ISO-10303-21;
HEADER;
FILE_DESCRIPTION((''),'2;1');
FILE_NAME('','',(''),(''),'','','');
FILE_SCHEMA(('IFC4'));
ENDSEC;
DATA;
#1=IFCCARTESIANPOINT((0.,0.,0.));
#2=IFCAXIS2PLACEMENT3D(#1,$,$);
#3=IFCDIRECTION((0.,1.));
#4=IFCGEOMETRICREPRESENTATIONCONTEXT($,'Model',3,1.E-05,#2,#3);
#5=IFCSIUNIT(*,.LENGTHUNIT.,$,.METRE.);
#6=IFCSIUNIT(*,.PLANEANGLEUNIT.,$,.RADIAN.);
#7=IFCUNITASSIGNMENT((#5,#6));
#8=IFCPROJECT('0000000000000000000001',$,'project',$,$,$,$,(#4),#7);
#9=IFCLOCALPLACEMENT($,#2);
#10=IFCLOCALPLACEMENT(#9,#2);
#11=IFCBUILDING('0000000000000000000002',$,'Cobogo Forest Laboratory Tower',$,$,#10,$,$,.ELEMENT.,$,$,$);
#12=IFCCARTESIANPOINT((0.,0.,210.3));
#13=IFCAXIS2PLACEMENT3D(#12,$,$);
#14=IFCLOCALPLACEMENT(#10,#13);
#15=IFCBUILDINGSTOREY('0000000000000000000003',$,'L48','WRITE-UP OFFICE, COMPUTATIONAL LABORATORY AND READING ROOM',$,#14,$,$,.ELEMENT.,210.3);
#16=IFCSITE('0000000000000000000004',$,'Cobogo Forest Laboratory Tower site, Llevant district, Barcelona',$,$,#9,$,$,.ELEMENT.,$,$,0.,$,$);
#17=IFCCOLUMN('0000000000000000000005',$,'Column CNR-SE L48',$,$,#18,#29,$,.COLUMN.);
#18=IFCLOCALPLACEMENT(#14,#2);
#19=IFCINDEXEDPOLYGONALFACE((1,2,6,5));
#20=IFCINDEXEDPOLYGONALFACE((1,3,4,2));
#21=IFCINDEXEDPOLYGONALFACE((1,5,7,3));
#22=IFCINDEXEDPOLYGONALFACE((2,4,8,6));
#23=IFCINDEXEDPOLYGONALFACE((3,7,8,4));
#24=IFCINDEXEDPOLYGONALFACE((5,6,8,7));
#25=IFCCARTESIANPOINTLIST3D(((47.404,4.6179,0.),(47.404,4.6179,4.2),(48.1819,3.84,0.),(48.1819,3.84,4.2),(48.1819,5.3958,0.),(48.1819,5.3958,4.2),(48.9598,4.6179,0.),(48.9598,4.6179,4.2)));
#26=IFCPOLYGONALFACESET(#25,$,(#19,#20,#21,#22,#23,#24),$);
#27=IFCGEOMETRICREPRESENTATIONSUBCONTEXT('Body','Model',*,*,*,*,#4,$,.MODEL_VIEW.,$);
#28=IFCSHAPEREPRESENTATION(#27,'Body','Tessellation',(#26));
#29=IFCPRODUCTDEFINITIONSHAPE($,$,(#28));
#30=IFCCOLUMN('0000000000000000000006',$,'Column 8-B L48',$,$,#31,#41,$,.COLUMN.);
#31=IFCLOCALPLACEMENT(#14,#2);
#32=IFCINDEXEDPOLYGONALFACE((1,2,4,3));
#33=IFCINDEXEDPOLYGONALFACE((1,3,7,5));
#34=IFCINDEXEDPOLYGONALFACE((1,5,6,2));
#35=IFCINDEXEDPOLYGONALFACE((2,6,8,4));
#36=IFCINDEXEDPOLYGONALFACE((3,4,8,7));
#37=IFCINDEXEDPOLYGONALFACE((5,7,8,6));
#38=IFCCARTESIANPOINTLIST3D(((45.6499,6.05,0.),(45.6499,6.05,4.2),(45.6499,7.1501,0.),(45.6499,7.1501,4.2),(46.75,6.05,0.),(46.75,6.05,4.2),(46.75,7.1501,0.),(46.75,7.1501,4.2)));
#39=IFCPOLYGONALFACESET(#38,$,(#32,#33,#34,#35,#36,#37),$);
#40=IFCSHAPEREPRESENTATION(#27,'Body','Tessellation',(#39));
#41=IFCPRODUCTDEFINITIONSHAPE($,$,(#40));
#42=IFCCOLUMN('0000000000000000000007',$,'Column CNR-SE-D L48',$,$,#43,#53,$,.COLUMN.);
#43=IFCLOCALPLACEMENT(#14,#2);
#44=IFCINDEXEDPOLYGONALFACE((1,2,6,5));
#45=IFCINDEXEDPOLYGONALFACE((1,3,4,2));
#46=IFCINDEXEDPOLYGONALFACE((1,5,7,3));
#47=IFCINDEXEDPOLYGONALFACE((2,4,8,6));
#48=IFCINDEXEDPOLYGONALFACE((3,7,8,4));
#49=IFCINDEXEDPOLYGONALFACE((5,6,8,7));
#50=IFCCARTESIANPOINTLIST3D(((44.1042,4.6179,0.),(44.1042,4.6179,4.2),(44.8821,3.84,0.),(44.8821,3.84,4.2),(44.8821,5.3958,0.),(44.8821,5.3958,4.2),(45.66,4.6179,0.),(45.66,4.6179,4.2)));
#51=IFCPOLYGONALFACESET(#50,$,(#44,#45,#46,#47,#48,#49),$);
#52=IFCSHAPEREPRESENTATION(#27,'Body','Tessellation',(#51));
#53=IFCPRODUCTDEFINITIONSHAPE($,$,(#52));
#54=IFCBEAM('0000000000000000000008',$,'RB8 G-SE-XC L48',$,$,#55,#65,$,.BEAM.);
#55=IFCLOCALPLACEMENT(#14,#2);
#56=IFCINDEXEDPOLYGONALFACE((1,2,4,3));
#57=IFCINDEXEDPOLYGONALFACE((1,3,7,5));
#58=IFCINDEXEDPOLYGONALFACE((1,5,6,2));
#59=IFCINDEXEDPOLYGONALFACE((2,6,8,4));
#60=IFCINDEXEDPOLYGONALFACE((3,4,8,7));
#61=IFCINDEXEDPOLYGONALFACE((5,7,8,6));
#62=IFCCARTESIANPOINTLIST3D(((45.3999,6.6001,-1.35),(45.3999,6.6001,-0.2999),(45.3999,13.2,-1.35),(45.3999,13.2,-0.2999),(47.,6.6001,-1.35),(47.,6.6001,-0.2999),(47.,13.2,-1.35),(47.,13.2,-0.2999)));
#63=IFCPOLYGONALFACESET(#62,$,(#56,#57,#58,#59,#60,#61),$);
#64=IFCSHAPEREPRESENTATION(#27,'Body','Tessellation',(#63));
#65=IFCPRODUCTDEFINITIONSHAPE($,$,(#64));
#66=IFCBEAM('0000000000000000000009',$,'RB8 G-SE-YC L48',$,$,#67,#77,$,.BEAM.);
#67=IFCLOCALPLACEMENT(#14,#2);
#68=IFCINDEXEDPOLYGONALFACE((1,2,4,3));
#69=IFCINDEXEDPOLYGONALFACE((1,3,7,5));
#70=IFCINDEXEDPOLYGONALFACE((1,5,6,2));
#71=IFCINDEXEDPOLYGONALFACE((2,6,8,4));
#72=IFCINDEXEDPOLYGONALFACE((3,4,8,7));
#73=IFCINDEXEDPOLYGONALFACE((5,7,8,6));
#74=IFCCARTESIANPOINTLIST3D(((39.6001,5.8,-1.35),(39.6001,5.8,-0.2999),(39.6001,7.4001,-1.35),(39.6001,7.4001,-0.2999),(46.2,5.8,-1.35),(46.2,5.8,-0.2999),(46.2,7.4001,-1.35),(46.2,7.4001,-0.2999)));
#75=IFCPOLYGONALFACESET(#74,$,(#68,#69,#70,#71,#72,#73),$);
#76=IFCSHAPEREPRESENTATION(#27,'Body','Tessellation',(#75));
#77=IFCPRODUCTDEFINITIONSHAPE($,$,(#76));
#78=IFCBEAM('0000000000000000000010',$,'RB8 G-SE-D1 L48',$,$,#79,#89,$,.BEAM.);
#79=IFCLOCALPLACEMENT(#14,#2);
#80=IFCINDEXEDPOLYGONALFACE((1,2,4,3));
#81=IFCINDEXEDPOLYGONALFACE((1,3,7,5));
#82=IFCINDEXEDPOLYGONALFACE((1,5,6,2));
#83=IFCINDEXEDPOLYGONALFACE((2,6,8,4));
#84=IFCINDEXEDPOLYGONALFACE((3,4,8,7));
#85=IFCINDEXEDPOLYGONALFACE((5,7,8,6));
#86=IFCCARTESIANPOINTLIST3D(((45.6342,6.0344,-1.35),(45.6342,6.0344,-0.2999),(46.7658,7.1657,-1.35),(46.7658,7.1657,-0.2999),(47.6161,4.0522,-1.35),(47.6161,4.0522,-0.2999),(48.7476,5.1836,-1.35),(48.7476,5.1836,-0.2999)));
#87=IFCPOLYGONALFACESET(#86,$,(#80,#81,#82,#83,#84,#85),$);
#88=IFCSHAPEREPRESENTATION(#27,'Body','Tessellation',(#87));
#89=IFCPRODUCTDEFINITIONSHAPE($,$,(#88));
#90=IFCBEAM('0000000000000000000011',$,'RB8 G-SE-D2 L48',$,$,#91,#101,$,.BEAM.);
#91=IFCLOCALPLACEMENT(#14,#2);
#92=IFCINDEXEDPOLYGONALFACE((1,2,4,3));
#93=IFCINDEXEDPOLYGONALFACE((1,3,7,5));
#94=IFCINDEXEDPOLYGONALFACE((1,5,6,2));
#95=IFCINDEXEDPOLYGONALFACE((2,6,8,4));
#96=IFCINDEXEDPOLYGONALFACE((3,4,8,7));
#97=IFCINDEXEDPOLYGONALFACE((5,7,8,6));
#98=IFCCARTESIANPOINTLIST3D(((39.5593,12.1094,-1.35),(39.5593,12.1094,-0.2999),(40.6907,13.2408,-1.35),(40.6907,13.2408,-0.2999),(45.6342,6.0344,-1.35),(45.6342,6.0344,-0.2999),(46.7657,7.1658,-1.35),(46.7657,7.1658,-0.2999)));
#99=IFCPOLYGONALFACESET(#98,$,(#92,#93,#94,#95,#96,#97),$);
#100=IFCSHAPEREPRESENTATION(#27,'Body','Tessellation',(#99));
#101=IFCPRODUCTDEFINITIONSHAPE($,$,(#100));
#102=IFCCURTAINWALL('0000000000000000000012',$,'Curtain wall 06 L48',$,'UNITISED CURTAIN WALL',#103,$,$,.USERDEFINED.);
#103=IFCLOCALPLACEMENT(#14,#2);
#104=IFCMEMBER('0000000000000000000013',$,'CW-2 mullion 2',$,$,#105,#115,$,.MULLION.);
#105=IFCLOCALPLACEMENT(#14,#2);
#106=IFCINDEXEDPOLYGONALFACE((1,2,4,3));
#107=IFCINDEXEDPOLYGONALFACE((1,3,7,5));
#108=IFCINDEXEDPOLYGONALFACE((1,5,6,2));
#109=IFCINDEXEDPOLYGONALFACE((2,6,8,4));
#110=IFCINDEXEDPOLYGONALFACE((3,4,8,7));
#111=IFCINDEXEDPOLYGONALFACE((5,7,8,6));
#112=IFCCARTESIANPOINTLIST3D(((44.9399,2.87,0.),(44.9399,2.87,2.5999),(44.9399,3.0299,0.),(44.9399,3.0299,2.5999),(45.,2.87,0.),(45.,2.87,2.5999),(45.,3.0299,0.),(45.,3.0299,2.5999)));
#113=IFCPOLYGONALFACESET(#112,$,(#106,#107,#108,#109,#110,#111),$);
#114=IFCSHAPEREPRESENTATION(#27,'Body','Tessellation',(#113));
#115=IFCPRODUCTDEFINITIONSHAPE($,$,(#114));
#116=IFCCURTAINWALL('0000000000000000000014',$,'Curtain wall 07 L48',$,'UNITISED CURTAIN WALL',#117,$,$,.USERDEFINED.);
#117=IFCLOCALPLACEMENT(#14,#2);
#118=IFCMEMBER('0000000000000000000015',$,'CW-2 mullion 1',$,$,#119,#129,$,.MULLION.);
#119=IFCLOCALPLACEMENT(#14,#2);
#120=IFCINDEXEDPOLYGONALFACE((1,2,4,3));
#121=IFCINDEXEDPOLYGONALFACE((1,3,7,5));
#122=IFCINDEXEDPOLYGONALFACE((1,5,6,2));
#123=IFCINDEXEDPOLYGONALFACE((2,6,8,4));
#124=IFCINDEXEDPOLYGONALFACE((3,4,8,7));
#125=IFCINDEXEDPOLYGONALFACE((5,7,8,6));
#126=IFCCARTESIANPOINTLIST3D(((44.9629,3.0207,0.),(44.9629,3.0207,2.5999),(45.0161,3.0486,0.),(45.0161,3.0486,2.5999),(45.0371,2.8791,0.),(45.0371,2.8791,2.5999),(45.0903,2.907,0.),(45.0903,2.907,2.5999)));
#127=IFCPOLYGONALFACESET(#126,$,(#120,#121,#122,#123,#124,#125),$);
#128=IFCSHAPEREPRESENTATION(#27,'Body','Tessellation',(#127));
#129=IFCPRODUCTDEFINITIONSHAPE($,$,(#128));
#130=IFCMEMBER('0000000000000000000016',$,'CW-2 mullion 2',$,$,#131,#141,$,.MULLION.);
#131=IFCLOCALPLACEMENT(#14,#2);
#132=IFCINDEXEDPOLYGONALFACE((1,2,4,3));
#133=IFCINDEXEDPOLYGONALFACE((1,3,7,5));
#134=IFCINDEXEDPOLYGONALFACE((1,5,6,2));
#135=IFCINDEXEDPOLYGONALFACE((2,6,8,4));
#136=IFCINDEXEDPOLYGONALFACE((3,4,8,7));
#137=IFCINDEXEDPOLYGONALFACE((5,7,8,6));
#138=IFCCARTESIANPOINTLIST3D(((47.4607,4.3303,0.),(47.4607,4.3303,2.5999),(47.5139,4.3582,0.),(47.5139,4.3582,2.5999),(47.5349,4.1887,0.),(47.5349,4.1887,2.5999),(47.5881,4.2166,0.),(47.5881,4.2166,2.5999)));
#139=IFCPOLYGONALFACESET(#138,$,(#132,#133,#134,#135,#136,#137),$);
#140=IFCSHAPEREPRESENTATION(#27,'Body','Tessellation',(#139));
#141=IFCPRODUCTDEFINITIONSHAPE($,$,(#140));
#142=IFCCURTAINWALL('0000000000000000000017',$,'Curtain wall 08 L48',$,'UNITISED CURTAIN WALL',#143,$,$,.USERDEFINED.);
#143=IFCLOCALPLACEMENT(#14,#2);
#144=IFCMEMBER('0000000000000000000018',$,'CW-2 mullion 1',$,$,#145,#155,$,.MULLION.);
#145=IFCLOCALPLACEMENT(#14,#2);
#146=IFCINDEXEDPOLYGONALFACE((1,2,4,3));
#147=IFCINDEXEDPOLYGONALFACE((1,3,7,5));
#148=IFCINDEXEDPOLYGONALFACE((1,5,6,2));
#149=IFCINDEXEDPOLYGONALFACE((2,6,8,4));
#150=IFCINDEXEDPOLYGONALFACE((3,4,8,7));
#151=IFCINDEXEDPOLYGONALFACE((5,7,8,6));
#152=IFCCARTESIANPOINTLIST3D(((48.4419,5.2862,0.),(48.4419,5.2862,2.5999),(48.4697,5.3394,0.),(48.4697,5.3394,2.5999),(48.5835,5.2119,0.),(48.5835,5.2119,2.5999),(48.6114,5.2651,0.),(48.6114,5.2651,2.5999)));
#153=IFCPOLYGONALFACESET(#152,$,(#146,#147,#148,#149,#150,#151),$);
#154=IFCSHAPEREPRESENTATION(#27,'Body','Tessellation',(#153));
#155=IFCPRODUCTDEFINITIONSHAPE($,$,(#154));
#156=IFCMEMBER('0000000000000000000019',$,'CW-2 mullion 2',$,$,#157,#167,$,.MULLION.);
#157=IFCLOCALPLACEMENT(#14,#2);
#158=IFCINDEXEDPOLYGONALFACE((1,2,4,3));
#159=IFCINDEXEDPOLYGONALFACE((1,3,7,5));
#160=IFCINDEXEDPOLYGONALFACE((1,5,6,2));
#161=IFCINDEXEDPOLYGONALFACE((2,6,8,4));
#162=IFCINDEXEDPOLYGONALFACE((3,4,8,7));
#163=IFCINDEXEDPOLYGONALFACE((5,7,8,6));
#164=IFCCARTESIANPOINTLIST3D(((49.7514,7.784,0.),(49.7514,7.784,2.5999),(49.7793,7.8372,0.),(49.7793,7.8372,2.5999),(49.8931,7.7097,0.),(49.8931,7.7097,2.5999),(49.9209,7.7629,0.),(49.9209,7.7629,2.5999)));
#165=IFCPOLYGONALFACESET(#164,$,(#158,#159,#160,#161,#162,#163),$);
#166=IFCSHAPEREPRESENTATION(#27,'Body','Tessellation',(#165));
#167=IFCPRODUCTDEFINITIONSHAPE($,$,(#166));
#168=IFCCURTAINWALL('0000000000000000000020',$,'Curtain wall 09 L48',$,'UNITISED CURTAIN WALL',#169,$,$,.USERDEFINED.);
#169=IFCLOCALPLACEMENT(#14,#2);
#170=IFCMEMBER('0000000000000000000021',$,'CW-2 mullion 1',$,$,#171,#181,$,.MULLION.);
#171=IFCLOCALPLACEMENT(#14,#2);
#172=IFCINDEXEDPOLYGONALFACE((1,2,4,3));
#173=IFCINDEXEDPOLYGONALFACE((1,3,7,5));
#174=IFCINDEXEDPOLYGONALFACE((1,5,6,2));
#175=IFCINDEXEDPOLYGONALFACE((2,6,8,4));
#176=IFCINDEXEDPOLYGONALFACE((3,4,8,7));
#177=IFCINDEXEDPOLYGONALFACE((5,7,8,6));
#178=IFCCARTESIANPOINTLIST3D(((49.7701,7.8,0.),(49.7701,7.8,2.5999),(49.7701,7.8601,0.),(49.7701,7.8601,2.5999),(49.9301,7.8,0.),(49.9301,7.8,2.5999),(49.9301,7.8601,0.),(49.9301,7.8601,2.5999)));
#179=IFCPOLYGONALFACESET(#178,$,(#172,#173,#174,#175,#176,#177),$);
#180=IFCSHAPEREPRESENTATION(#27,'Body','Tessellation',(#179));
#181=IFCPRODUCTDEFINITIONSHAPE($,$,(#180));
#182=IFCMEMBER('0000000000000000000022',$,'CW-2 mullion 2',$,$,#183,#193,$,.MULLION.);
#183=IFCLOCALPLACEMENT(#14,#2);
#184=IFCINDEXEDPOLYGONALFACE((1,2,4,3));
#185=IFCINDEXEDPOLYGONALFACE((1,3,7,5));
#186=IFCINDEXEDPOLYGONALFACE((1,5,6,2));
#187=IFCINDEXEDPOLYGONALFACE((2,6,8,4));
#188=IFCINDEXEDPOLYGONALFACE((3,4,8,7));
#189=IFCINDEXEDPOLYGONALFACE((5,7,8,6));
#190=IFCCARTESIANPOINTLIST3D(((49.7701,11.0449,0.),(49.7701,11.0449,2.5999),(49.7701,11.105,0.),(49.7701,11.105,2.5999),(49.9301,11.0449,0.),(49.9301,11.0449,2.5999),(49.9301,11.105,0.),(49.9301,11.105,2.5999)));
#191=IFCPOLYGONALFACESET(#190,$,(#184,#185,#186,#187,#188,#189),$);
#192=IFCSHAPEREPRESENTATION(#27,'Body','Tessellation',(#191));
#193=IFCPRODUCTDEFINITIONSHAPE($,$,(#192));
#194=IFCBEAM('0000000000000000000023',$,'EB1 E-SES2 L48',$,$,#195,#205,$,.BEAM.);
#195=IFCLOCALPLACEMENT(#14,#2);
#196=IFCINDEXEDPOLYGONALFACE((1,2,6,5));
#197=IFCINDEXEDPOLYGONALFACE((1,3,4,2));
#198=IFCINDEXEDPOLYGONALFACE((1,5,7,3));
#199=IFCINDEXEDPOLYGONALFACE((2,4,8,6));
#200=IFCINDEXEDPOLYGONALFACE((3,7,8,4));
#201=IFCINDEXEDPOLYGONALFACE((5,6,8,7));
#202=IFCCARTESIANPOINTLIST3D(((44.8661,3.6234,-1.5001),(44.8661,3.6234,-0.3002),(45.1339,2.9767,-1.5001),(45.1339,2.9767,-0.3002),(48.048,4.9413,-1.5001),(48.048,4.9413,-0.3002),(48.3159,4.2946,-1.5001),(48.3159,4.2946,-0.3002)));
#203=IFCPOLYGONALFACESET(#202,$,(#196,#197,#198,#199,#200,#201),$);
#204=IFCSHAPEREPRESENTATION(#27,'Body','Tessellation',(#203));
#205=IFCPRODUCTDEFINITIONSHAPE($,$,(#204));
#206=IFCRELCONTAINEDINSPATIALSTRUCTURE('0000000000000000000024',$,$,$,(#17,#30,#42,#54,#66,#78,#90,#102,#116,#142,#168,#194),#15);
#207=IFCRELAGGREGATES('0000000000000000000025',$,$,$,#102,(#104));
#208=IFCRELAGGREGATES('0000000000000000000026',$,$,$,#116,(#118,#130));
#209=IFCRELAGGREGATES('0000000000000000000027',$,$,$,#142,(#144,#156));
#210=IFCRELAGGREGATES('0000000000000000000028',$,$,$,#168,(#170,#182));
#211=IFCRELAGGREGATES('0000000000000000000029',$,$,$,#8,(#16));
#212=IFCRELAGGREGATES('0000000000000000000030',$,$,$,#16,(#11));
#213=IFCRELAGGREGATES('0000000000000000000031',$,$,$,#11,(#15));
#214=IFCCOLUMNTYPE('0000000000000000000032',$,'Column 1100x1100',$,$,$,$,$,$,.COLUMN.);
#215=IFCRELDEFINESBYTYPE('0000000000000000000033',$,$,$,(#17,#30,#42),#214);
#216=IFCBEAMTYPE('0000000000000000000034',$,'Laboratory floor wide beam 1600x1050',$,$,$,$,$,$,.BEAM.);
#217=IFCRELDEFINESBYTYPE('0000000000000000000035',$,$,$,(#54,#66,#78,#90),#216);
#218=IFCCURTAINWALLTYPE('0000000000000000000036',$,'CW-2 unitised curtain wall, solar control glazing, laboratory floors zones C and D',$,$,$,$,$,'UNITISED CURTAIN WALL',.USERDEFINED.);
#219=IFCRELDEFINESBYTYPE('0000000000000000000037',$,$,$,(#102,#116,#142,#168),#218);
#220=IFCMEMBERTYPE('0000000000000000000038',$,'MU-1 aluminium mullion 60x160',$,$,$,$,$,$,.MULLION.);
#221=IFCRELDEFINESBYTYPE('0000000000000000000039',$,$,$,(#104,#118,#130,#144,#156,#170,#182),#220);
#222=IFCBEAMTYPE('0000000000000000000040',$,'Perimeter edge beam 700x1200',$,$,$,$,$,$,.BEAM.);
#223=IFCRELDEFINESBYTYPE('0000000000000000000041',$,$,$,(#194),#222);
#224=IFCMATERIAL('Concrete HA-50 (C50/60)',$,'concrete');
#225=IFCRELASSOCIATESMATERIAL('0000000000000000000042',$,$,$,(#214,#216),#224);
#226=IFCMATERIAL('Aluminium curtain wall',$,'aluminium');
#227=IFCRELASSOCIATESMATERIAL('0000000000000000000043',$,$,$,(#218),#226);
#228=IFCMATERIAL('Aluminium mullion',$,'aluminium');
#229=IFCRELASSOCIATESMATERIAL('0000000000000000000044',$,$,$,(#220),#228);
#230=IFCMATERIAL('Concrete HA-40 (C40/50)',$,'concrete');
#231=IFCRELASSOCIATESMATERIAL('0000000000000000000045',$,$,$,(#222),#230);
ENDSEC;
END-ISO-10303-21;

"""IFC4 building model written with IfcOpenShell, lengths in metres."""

from ifc_helpers import new_model, si_unit, direction, frame, origin, origin_2d, place, context, subcontext, project, spatial, rectangle, extrude, material, material_profile, profile_set, type_object, element, aggregate, save


model = new_model("IFC4")

# Units and contexts
model_context = context("Model", 3, precision=1e-05, world=origin(), true_north=direction((0.0, 1.0)))
body_context = subcontext(model_context, "Body", "Model", "MODEL_VIEW")
ifc_project = project(units=[si_unit("LENGTHUNIT", "METRE"), si_unit("PLANEANGLEUNIT", "RADIAN")], contexts=[model_context])

# Site, building, storey
site_placement = place(None, origin())
site = spatial("IfcSite", under=ifc_project, at=site_placement, Name="Cobogo Forest Laboratory Tower site, Llevant district, Barcelona", CompositionType="ELEMENT", RefElevation=0.0)
building_placement = place(site_placement, origin())
building = spatial("IfcBuilding", under=site, at=building_placement, Name="Cobogo Forest Laboratory Tower", CompositionType="ELEMENT")
storey_placement = place(building_placement, frame((0.0, 0.0, 210.3)))
storey = spatial("IfcBuildingStorey", under=building, at=storey_placement, Name="L48", Description="WRITE-UP OFFICE, COMPUTATIONAL LABORATORY AND READING ROOM", CompositionType="ELEMENT", Elevation=210.3)

# Columns
ifc_material_1 = material(Name="Concrete HA-50 (C50/60)", Category="concrete")
ifc_material_profile_1 = material_profile(ifc_material_1, rectangle(XDim=1.1001, YDim=1.1001, at=origin_2d()), Name="RC 1100x1100")
ifc_profile_set_1 = profile_set([ifc_material_profile_1], Name="Concrete HA-50 (C50/60)")
column_type = type_object("IfcColumnType", Name="Column 1100x1100", PredefinedType="COLUMN", material=ifc_profile_set_1)
for number, where, z_axis, x_axis, name in (
    (1, (48.1819, 4.6179, 0.0), (0.0, 0.0, 1.0), (0.707107, 0.707107, 0.0), "Column CNR-SE L48"),
    (2, (46.2, 6.6001, 0.0), (0.0, 0.0, 1.0), (1.0, 0.0, 0.0), "Column 8-B L48"),
    (3, (44.8821, 4.6179, 0.0), (0.0, 0.0, 1.0), (0.707107, 0.707107, 0.0), "Column CNR-SE-D L48"),
):
    element("IfcColumn", number, at=place(storey_placement, frame(where, z_axis=z_axis, x_axis=x_axis)), inside=storey, type_object=column_type, Name=name, PredefinedType="COLUMN", context=body_context, shape_type="SweptSolid", body=[
        extrude(rectangle(XDim=1.1001, YDim=1.1001, at=origin_2d()), origin(), (0.0, 0.0, 1.0), 4.2),
    ])

# Beams
ifc_material_profile_2 = material_profile(ifc_material_1, rectangle(XDim=1.6001, YDim=1.05, at=origin_2d()), Name="RC 1600x1050")
ifc_profile_set_2 = profile_set([ifc_material_profile_2], Name="Concrete HA-50 (C50/60)")
beam_type_1 = type_object("IfcBeamType", Name="Laboratory floor wide beam 1600x1050", PredefinedType="BEAM", material=ifc_profile_set_2)
for number, where, z_axis, x_axis, name in (
    (4, (46.2, 6.6001, -0.825), (0.0, 1.0, 0.0), (-1.0, 0.0, 0.0), "RB8 G-SE-XC L48"),
    (5, (46.2, 6.6001, -0.825), (-1.0, 0.0, 0.0), (0.0, -1.0, 0.0), "RB8 G-SE-YC L48"),
):
    element("IfcBeam", number, at=place(storey_placement, frame(where, z_axis=z_axis, x_axis=x_axis)), inside=storey, type_object=beam_type_1, Name=name, PredefinedType="BEAM", context=body_context, shape_type="SweptSolid", body=[
        extrude(rectangle(XDim=1.6001, YDim=1.05, at=origin_2d()), origin(), (0.0, 0.0, 1.0), 6.5999),
    ])
beam_1_placement = place(storey_placement, frame((48.1819, 4.6179, -0.825), z_axis=(-0.707063, 0.70715, 0.0), x_axis=(-0.70715, -0.707063, 0.0)))
element("IfcBeam", 6, at=beam_1_placement, inside=storey, type_object=beam_type_1, Name="RB8 G-SE-D1 L48", PredefinedType="BEAM", context=body_context, shape_type="SweptSolid", body=[
    extrude(rectangle(XDim=1.6001, YDim=1.05, at=origin_2d()), origin(), (0.0, 0.0, 1.0), 2.803),
])
beam_2_placement = place(storey_placement, frame((46.2, 6.6001, -0.825), z_axis=(-0.707107, 0.707107, 0.0), x_axis=(-0.707107, -0.707107, 0.0)))
element("IfcBeam", 7, at=beam_2_placement, inside=storey, type_object=beam_type_1, Name="RB8 G-SE-D2 L48", PredefinedType="BEAM", context=body_context, shape_type="SweptSolid", body=[
    extrude(rectangle(XDim=1.6001, YDim=1.05, at=origin_2d()), origin(), (0.0, 0.0, 1.0), 8.5913),
])

# Curtain wall, member
ifc_material_2 = material(Name="Aluminium curtain wall", Category="aluminium")
curtain_wall_type = type_object("IfcCurtainWallType", Name="CW-2 unitised curtain wall, solar control glazing, laboratory floors zones C and D", ElementType="UNITISED CURTAIN WALL", PredefinedType="USERDEFINED", material=ifc_material_2)
curtain_wall_1_placement = place(storey_placement, origin())
curtain_wall_1 = element("IfcCurtainWall", 8, at=curtain_wall_1_placement, inside=storey, type_object=curtain_wall_type, Name="Curtain wall 06 L48", ObjectType="UNITISED CURTAIN WALL", PredefinedType="USERDEFINED")
ifc_material_3 = material(Name="Aluminium mullion", Category="aluminium")
ifc_material_profile_3 = material_profile(ifc_material_3, rectangle(XDim=0.0601, YDim=0.1599, at=origin_2d()), Name="AL 60x160")
ifc_profile_set_3 = profile_set([ifc_material_profile_3], Name="Aluminium mullion")
member_type_1 = type_object("IfcMemberType", Name="MU-1 aluminium mullion 60x160", PredefinedType="MULLION", material=ifc_profile_set_3)
member_1_placement = place(storey_placement, frame((44.97, 2.95, 0.0), z_axis=(0.0, 0.0, 1.0), x_axis=(1.0, 0.0, 0.0)))
member_1 = element("IfcMember", 9, at=member_1_placement, type_object=member_type_1, Name="CW-2 mullion 2", PredefinedType="MULLION", context=body_context, shape_type="SweptSolid", body=[
    extrude(rectangle(XDim=0.0601, YDim=0.1599, at=origin_2d()), origin(), (0.0, 0.0, 1.0), 2.5999),
])

# Curtain walls, members
curtain_wall_2_placement = place(storey_placement, origin())
curtain_wall_2 = element("IfcCurtainWall", 10, at=curtain_wall_2_placement, inside=storey, type_object=curtain_wall_type, Name="Curtain wall 07 L48", ObjectType="UNITISED CURTAIN WALL", PredefinedType="USERDEFINED")
member_2_placement = place(storey_placement, frame((45.0266, 2.9639, 0.0), z_axis=(0.0, 0.0, 1.0), x_axis=(0.885686, 0.464284, 0.0)))
member_2 = element("IfcMember", 11, at=member_2_placement, type_object=member_type_1, Name="CW-2 mullion 1", PredefinedType="MULLION", context=body_context, shape_type="SweptSolid", body=[
    extrude(rectangle(XDim=0.0601, YDim=0.1599, at=origin_2d()), origin(), (0.0, 0.0, 1.0), 2.5999),
])
member_3_placement = place(storey_placement, frame((47.5244, 4.2734, 0.0), z_axis=(0.0, 0.0, 1.0), x_axis=(0.885686, 0.464284, 0.0)))
member_3 = element("IfcMember", 12, at=member_3_placement, type_object=member_type_1, Name="CW-2 mullion 2", PredefinedType="MULLION", context=body_context, shape_type="SweptSolid", body=[
    extrude(rectangle(XDim=0.0601, YDim=0.1599, at=origin_2d()), origin(), (0.0, 0.0, 1.0), 2.5999),
])
curtain_wall_3_placement = place(storey_placement, origin())
curtain_wall_3 = element("IfcCurtainWall", 13, at=curtain_wall_3_placement, inside=storey, type_object=curtain_wall_type, Name="Curtain wall 08 L48", ObjectType="UNITISED CURTAIN WALL", PredefinedType="USERDEFINED")
member_4_placement = place(storey_placement, frame((48.5266, 5.2756, 0.0), z_axis=(0.0, 0.0, 1.0), x_axis=(0.464284, 0.885686, 0.0)))
member_4 = element("IfcMember", 14, at=member_4_placement, type_object=member_type_1, Name="CW-2 mullion 1", PredefinedType="MULLION", context=body_context, shape_type="SweptSolid", body=[
    extrude(rectangle(XDim=0.0601, YDim=0.1599, at=origin_2d()), origin(), (0.0, 0.0, 1.0), 2.5999),
])
member_5_placement = place(storey_placement, frame((49.8362, 7.7734, 0.0), z_axis=(0.0, 0.0, 1.0), x_axis=(0.464284, 0.885686, 0.0)))
member_5 = element("IfcMember", 15, at=member_5_placement, type_object=member_type_1, Name="CW-2 mullion 2", PredefinedType="MULLION", context=body_context, shape_type="SweptSolid", body=[
    extrude(rectangle(XDim=0.0601, YDim=0.1599, at=origin_2d()), origin(), (0.0, 0.0, 1.0), 2.5999),
])
curtain_wall_4_placement = place(storey_placement, origin())
curtain_wall_4 = element("IfcCurtainWall", 16, at=curtain_wall_4_placement, inside=storey, type_object=curtain_wall_type, Name="Curtain wall 09 L48", ObjectType="UNITISED CURTAIN WALL", PredefinedType="USERDEFINED")
member_6_placement = place(storey_placement, frame((49.8501, 7.8301, 0.0), z_axis=(0.0, 0.0, 1.0), x_axis=(0.0, 1.0, 0.0)))
member_6 = element("IfcMember", 17, at=member_6_placement, type_object=member_type_1, Name="CW-2 mullion 1", PredefinedType="MULLION", context=body_context, shape_type="SweptSolid", body=[
    extrude(rectangle(XDim=0.0601, YDim=0.1599, at=origin_2d()), origin(), (0.0, 0.0, 1.0), 2.5999),
])
member_7_placement = place(storey_placement, frame((49.8501, 11.075, 0.0), z_axis=(0.0, 0.0, 1.0), x_axis=(0.0, 1.0, 0.0)))
member_7 = element("IfcMember", 18, at=member_7_placement, type_object=member_type_1, Name="CW-2 mullion 2", PredefinedType="MULLION", context=body_context, shape_type="SweptSolid", body=[
    extrude(rectangle(XDim=0.0601, YDim=0.1599, at=origin_2d()), origin(), (0.0, 0.0, 1.0), 2.5999),
])

# Beam
ifc_material_4 = material(Name="Concrete HA-40 (C40/50)", Category="concrete")
ifc_material_profile_4 = material_profile(ifc_material_4, rectangle(XDim=0.7, YDim=1.2, at=origin_2d()), Name="RC 700x1200")
ifc_profile_set_4 = profile_set([ifc_material_profile_4], Name="Concrete HA-40 (C40/50)")
beam_type_2 = type_object("IfcBeamType", Name="Perimeter edge beam 700x1200", PredefinedType="BEAM", material=ifc_profile_set_4)
beam_3_placement = place(storey_placement, frame((45.0, 3.3, -0.9001), z_axis=(0.923891, 0.382656, 0.0), x_axis=(-0.382656, 0.923891, 0.0)))
element("IfcBeam", 19, at=beam_3_placement, inside=storey, type_object=beam_type_2, Name="EB1 E-SES2 L48", PredefinedType="BEAM", context=body_context, shape_type="SweptSolid", body=[
    extrude(rectangle(XDim=0.7, YDim=1.2, at=origin_2d()), origin(), (0.0, 0.0, 1.0), 3.4441),
])

aggregate(curtain_wall_1, [member_1])
aggregate(curtain_wall_2, [member_2, member_3])
aggregate(curtain_wall_3, [member_4, member_5])
aggregate(curtain_wall_4, [member_6, member_7])

save(model, "model.ifc")
